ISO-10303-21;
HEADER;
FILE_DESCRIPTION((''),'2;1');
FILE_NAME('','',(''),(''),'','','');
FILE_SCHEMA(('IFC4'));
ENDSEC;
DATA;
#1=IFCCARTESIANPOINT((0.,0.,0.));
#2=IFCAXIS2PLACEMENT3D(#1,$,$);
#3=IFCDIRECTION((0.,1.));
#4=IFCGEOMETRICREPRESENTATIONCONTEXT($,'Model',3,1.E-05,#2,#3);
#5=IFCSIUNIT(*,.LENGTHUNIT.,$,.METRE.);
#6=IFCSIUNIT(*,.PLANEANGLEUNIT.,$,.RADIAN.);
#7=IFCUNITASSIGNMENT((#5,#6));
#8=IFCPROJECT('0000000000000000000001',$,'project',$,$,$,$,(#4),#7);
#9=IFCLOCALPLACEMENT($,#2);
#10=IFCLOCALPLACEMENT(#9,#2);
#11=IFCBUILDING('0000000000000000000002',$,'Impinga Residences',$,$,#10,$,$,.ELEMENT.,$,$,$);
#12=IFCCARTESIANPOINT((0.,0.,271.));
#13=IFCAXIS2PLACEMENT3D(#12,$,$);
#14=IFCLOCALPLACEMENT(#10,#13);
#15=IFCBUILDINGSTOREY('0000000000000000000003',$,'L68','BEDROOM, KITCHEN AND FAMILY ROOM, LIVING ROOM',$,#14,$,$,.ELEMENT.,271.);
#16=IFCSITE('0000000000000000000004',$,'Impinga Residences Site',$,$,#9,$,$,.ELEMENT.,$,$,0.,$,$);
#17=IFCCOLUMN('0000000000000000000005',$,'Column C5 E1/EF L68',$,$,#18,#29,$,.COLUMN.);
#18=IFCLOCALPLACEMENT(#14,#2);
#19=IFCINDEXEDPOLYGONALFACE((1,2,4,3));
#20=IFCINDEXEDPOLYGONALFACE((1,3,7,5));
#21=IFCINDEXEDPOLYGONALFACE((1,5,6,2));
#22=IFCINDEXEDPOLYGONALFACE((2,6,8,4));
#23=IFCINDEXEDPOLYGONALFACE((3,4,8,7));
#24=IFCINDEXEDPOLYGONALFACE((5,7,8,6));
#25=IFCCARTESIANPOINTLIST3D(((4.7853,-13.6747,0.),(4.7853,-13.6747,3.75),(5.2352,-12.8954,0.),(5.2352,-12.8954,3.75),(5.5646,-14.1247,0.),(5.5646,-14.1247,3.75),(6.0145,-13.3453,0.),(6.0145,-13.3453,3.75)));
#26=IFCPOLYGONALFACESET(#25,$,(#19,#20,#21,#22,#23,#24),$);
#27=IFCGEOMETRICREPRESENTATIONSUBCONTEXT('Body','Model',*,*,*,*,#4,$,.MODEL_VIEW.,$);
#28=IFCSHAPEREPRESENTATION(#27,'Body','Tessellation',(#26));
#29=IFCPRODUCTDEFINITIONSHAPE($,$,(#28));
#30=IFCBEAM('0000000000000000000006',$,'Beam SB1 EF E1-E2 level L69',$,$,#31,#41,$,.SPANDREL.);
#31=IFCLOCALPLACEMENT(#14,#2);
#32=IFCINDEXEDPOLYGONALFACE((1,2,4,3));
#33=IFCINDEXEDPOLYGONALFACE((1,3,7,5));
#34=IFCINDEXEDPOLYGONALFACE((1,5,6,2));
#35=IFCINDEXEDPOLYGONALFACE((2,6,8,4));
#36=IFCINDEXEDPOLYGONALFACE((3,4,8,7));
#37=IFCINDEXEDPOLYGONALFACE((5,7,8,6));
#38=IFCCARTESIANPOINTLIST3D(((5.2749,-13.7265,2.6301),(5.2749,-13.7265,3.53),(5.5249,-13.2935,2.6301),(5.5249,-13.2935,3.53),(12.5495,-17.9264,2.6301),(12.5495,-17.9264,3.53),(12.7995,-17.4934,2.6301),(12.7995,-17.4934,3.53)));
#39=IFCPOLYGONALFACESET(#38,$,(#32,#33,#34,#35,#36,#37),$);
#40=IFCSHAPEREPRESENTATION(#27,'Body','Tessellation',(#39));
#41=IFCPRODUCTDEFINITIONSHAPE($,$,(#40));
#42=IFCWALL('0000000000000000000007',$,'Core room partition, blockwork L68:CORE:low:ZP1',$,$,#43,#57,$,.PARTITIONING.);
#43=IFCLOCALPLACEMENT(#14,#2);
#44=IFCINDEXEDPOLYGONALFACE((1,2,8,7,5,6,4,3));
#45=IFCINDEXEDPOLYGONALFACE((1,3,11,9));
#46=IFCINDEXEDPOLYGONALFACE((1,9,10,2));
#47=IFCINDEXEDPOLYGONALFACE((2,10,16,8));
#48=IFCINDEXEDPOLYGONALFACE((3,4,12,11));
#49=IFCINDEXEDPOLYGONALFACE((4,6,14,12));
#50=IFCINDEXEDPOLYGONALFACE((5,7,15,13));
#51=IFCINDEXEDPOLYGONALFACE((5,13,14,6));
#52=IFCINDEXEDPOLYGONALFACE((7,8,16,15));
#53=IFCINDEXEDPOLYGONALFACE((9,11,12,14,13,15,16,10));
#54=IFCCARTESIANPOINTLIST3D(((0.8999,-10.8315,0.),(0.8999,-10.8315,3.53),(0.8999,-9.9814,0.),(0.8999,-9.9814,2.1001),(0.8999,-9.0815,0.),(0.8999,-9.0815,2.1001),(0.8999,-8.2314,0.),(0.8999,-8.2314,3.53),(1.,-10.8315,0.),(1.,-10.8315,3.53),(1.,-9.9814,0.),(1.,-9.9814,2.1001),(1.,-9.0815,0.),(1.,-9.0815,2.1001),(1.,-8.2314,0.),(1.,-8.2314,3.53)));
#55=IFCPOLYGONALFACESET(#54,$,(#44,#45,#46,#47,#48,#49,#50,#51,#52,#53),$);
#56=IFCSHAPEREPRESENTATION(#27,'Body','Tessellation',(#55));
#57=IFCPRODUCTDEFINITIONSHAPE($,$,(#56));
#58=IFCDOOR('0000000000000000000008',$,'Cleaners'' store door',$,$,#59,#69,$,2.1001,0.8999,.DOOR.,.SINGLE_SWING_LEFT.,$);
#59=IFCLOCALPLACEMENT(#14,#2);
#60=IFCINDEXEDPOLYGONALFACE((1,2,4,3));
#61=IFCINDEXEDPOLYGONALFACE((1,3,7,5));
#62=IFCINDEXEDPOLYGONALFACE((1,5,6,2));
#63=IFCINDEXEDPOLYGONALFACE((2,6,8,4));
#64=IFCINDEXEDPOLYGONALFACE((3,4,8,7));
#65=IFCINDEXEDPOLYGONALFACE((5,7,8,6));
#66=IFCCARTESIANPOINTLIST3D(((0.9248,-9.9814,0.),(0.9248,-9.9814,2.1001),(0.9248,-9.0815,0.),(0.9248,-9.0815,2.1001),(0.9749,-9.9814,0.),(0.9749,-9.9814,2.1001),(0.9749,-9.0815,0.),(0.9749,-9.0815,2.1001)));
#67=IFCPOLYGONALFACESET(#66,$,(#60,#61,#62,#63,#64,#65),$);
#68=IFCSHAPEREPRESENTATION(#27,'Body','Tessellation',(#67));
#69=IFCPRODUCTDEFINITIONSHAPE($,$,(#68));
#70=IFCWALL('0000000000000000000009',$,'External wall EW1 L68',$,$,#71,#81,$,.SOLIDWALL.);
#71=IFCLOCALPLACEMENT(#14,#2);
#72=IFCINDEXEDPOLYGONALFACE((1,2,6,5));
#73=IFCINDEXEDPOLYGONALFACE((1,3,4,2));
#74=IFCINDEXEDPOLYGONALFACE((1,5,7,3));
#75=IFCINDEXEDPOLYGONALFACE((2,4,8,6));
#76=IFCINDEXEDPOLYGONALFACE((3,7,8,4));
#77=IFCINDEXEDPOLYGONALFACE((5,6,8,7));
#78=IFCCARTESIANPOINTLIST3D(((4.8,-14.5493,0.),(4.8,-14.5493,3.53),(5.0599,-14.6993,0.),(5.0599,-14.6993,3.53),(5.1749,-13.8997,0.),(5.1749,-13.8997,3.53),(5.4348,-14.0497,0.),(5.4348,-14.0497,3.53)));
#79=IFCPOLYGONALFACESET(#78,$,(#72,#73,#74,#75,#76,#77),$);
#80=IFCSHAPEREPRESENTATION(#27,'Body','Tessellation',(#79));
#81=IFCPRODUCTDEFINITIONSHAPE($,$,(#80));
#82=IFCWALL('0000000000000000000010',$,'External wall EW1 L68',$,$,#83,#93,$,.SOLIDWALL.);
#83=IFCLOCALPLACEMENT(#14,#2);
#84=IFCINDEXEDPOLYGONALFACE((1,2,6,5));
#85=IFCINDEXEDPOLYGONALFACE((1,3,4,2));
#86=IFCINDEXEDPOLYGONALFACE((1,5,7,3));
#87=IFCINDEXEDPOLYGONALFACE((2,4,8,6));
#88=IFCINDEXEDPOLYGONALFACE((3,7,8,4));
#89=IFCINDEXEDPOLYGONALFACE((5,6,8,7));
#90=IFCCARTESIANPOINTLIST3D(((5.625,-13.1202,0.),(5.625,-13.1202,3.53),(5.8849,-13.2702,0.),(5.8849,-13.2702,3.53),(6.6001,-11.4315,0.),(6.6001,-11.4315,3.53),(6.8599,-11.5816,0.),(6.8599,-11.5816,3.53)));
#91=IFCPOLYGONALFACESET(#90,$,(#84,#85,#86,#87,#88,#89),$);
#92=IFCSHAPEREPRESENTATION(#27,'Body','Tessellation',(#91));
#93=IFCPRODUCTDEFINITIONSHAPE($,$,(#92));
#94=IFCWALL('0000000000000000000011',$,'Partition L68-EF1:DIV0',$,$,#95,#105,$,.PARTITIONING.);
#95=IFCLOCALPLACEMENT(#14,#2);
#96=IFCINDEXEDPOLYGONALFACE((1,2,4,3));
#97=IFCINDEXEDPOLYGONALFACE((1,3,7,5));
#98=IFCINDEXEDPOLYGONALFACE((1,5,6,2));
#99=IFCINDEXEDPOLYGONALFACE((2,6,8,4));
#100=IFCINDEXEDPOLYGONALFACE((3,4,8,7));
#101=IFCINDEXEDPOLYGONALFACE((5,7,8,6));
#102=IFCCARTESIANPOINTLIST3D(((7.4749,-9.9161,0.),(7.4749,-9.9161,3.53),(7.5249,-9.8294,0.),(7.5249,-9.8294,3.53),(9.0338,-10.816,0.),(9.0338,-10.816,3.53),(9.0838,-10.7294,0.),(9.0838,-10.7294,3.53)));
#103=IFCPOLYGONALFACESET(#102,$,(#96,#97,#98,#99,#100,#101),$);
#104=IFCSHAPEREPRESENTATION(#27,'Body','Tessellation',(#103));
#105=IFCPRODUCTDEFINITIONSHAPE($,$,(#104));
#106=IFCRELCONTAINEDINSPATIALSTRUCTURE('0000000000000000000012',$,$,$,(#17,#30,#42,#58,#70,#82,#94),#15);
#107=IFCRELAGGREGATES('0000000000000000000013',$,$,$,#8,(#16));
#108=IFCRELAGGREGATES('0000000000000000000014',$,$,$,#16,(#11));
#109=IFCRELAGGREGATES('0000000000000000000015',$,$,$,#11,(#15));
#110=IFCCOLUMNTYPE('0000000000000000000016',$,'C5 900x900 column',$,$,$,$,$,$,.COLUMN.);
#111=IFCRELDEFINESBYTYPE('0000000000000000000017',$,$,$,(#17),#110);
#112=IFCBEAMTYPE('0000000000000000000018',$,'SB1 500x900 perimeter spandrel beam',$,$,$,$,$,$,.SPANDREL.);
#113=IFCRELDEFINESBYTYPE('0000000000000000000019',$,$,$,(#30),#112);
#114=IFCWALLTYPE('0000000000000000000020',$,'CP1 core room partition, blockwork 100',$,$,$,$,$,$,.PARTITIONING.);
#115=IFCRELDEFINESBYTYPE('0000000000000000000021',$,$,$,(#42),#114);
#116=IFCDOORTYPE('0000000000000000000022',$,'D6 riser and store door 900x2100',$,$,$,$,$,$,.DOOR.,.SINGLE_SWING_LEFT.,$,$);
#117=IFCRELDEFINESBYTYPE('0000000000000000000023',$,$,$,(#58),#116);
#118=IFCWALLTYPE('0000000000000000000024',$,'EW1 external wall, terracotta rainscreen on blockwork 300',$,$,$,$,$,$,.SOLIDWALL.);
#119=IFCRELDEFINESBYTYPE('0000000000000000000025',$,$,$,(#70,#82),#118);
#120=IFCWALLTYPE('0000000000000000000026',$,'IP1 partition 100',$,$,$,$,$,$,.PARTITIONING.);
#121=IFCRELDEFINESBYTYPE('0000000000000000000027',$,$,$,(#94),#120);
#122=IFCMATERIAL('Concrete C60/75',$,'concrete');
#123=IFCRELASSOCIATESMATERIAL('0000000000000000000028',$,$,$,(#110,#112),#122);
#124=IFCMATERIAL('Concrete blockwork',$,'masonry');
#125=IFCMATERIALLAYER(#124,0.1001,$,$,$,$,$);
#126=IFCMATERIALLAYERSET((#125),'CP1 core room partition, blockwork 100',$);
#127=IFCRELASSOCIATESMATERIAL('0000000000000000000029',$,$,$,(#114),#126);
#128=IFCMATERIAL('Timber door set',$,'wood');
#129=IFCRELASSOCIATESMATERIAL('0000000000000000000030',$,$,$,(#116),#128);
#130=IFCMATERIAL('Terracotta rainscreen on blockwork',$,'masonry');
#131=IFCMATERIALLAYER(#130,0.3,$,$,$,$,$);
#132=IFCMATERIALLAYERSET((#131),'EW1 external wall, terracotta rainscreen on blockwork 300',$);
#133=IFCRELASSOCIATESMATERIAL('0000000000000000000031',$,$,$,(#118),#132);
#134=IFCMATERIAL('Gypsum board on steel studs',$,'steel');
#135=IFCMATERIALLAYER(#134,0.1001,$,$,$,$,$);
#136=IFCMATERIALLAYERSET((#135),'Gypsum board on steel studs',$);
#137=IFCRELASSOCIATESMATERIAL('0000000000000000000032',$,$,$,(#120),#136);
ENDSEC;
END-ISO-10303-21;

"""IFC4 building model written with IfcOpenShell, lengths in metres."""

from ifc_helpers import new_model, si_unit, direction, frame, frame_2d, origin, origin_2d, place, context, subcontext, project, spatial, rectangle, extrude, material, layer, layer_set, material_profile, profile_set, type_object, element, fill, save


model = new_model("IFC4")

# Units and contexts
model_context = context("Model", 3, precision=1e-05, world=origin(), true_north=direction((0.0, 1.0)))
body_context = subcontext(model_context, "Body", "Model", "MODEL_VIEW")
ifc_project = project(units=[si_unit("LENGTHUNIT", "METRE"), si_unit("PLANEANGLEUNIT", "RADIAN")], contexts=[model_context])

# Site, building, storey
site_placement = place(None, origin())
site = spatial("IfcSite", under=ifc_project, at=site_placement, Name="Impinga Residences Site", CompositionType="ELEMENT", RefElevation=0.0)
building_placement = place(site_placement, origin())
building = spatial("IfcBuilding", under=site, at=building_placement, Name="Impinga Residences", CompositionType="ELEMENT")
storey_placement = place(building_placement, frame((0.0, 0.0, 271.0)))
storey = spatial("IfcBuildingStorey", under=building, at=storey_placement, Name="L68", Description="BEDROOM, KITCHEN AND FAMILY ROOM, LIVING ROOM", CompositionType="ELEMENT", Elevation=271.0)

# Column
ifc_material_1 = material(Name="Concrete C60/75", Category="concrete")
ifc_material_profile_1 = material_profile(ifc_material_1, rectangle(XDim=0.8999, YDim=0.8999, at=origin_2d()), Name="RC 900x900")
ifc_profile_set_1 = profile_set([ifc_material_profile_1], Name="Concrete C60/75")
column_type = type_object("IfcColumnType", Name="C5 900x900 column", PredefinedType="COLUMN", material=ifc_profile_set_1)
column_placement = place(storey_placement, frame((5.3999, -13.51, 0.0), z_axis=(0.0, 0.0, 1.0), x_axis=(-0.5, -0.866025, 0.0)))
element("IfcColumn", 1, at=column_placement, inside=storey, type_object=column_type, Name="Column C5 E1/EF L68", PredefinedType="COLUMN", context=body_context, shape_type="SweptSolid", body=[
    extrude(rectangle(XDim=0.8999, YDim=0.8999, at=origin_2d()), origin(), (0.0, 0.0, 1.0), 3.75),
])

# Beam
ifc_material_profile_2 = material_profile(ifc_material_1, rectangle(XDim=0.5, YDim=0.8999, at=origin_2d()), Name="RC 500x900")
ifc_profile_set_2 = profile_set([ifc_material_profile_2], Name="Concrete C60/75")
beam_type = type_object("IfcBeamType", Name="SB1 500x900 perimeter spandrel beam", PredefinedType="SPANDREL", material=ifc_profile_set_2)
beam_placement = place(storey_placement, frame((5.3999, -13.51, 3.0801), z_axis=(0.866029, -0.499993, 0.0), x_axis=(0.499993, 0.866029, 0.0)))
element("IfcBeam", 2, at=beam_placement, inside=storey, type_object=beam_type, Name="Beam SB1 EF E1-E2 level L69", PredefinedType="SPANDREL", context=body_context, shape_type="SweptSolid", body=[
    extrude(rectangle(XDim=0.5, YDim=0.8999, at=origin_2d()), origin(), (0.0, 0.0, 1.0), 8.3999),
])

# Wall, opening, door
ifc_material_2 = material(Name="Concrete blockwork", Category="masonry")
ifc_layer_1 = layer(ifc_material_2, 0.1001)
ifc_layer_set_1 = layer_set([ifc_layer_1], Name="CP1 core room partition, blockwork 100")
wall_type_1 = type_object("IfcWallType", Name="CP1 core room partition, blockwork 100", PredefinedType="PARTITIONING", material=ifc_layer_set_1)
wall_1_placement = place(storey_placement, frame((0.95, -8.2314, 0.0), z_axis=(0.0, 0.0, 1.0), x_axis=(0.0, -1.0, 0.0)))
wall_1 = element("IfcWall", 3, at=wall_1_placement, inside=storey, type_object=wall_type_1, Name="Core room partition, blockwork L68:CORE:low:ZP1", PredefinedType="PARTITIONING", context=body_context, shape_type="SweptSolid", body=[
    extrude(rectangle(XDim=2.6001, YDim=0.1001, at=frame_2d((1.3, 0.0))), origin(), (0.0, 0.0, 1.0), 3.53),
])
opening_1_placement = place(wall_1_placement, frame((0.8501, 0.0, 0.0)))
opening_1 = element("IfcOpeningElement", 4, at=opening_1_placement, cuts=wall_1, PredefinedType="OPENING", context=body_context, shape_type="SweptSolid", body=[
    extrude(rectangle(XDim=0.8999, YDim=2.1001, at=frame_2d((0.45, 1.05))), frame((0.0, 0.0601, 0.0), z_axis=(0.0, -1.0, 0.0), x_axis=(1.0, 0.0, 0.0)), (0.0, 0.0, 1.0), 0.1201),
])
ifc_material_3 = material(Name="Timber door set", Category="wood")
door_type_1 = type_object("IfcDoorType", Name="D6 riser and store door 900x2100", OperationType="SINGLE_SWING_LEFT", PredefinedType="DOOR", material=ifc_material_3)
door_1_placement = place(opening_1_placement, origin())
door_1 = element("IfcDoor", 5, at=door_1_placement, inside=storey, type_object=door_type_1, Name="Cleaners' store door", OperationType="SINGLE_SWING_LEFT", OverallHeight=2.1001, OverallWidth=0.8999, PredefinedType="DOOR", context=body_context, shape_type="SweptSolid", body=[
    extrude(rectangle(XDim=0.8999, YDim=2.1001, at=frame_2d((0.45, 1.05))), frame((0.0, 0.0249, 0.0), z_axis=(0.0, -1.0, 0.0), x_axis=(1.0, 0.0, 0.0)), (0.0, 0.0, 1.0), 0.05),
])
fill(opening_1, door_1)

# Walls
ifc_material_4 = material(Name="Terracotta rainscreen on blockwork", Category="masonry")
ifc_layer_2 = layer(ifc_material_4, 0.3)
ifc_layer_set_2 = layer_set([ifc_layer_2], Name="EW1 external wall, terracotta rainscreen on blockwork 300")
wall_type_2 = type_object("IfcWallType", Name="EW1 external wall, terracotta rainscreen on blockwork 300", PredefinedType="SOLIDWALL", material=ifc_layer_set_2)
wall_2_placement = place(storey_placement, frame((4.9299, -14.6243, 0.0), z_axis=(0.0, 0.0, 1.0), x_axis=(0.49992, 0.866072, 0.0)))
element("IfcWall", 6, at=wall_2_placement, inside=storey, type_object=wall_type_2, Name="External wall EW1 L68", PredefinedType="SOLIDWALL", context=body_context, shape_type="SweptSolid", body=[
    extrude(rectangle(XDim=0.75, YDim=0.3, at=frame_2d((0.375, 0.0))), origin(), (0.0, 0.0, 1.0), 3.53),
])
wall_3_placement = place(storey_placement, frame((5.7549, -13.1953, 0.0), z_axis=(0.0, 0.0, 1.0), x_axis=(0.500044, 0.866, 0.0)))
element("IfcWall", 7, at=wall_3_placement, inside=storey, type_object=wall_type_2, Name="External wall EW1 L68", PredefinedType="SOLIDWALL", context=body_context, shape_type="SweptSolid", body=[
    extrude(rectangle(XDim=1.95, YDim=0.3, at=frame_2d((0.9751, 0.0))), origin(), (0.0, 0.0, 1.0), 3.53),
])
ifc_material_5 = material(Name="Gypsum board on steel studs", Category="steel")
ifc_layer_3 = layer(ifc_material_5, 0.1001)
ifc_layer_set_3 = layer_set([ifc_layer_3], Name="Gypsum board on steel studs")
wall_type_3 = type_object("IfcWallType", Name="IP1 partition 100", PredefinedType="PARTITIONING", material=ifc_layer_set_3)
wall_4_placement = place(storey_placement, frame((7.5, -9.8728, 0.0), z_axis=(0.0, 0.0, 1.0), x_axis=(0.866048, -0.499961, 0.0)))
element("IfcWall", 8, at=wall_4_placement, inside=storey, type_object=wall_type_3, Name="Partition L68-EF1:DIV0", PredefinedType="PARTITIONING", context=body_context, shape_type="SweptSolid", body=[
    extrude(rectangle(XDim=1.8, YDim=0.1001, at=frame_2d((0.8999, 0.0))), origin(), (0.0, 0.0, 1.0), 3.53),
])

save(model, "model.ifc")
